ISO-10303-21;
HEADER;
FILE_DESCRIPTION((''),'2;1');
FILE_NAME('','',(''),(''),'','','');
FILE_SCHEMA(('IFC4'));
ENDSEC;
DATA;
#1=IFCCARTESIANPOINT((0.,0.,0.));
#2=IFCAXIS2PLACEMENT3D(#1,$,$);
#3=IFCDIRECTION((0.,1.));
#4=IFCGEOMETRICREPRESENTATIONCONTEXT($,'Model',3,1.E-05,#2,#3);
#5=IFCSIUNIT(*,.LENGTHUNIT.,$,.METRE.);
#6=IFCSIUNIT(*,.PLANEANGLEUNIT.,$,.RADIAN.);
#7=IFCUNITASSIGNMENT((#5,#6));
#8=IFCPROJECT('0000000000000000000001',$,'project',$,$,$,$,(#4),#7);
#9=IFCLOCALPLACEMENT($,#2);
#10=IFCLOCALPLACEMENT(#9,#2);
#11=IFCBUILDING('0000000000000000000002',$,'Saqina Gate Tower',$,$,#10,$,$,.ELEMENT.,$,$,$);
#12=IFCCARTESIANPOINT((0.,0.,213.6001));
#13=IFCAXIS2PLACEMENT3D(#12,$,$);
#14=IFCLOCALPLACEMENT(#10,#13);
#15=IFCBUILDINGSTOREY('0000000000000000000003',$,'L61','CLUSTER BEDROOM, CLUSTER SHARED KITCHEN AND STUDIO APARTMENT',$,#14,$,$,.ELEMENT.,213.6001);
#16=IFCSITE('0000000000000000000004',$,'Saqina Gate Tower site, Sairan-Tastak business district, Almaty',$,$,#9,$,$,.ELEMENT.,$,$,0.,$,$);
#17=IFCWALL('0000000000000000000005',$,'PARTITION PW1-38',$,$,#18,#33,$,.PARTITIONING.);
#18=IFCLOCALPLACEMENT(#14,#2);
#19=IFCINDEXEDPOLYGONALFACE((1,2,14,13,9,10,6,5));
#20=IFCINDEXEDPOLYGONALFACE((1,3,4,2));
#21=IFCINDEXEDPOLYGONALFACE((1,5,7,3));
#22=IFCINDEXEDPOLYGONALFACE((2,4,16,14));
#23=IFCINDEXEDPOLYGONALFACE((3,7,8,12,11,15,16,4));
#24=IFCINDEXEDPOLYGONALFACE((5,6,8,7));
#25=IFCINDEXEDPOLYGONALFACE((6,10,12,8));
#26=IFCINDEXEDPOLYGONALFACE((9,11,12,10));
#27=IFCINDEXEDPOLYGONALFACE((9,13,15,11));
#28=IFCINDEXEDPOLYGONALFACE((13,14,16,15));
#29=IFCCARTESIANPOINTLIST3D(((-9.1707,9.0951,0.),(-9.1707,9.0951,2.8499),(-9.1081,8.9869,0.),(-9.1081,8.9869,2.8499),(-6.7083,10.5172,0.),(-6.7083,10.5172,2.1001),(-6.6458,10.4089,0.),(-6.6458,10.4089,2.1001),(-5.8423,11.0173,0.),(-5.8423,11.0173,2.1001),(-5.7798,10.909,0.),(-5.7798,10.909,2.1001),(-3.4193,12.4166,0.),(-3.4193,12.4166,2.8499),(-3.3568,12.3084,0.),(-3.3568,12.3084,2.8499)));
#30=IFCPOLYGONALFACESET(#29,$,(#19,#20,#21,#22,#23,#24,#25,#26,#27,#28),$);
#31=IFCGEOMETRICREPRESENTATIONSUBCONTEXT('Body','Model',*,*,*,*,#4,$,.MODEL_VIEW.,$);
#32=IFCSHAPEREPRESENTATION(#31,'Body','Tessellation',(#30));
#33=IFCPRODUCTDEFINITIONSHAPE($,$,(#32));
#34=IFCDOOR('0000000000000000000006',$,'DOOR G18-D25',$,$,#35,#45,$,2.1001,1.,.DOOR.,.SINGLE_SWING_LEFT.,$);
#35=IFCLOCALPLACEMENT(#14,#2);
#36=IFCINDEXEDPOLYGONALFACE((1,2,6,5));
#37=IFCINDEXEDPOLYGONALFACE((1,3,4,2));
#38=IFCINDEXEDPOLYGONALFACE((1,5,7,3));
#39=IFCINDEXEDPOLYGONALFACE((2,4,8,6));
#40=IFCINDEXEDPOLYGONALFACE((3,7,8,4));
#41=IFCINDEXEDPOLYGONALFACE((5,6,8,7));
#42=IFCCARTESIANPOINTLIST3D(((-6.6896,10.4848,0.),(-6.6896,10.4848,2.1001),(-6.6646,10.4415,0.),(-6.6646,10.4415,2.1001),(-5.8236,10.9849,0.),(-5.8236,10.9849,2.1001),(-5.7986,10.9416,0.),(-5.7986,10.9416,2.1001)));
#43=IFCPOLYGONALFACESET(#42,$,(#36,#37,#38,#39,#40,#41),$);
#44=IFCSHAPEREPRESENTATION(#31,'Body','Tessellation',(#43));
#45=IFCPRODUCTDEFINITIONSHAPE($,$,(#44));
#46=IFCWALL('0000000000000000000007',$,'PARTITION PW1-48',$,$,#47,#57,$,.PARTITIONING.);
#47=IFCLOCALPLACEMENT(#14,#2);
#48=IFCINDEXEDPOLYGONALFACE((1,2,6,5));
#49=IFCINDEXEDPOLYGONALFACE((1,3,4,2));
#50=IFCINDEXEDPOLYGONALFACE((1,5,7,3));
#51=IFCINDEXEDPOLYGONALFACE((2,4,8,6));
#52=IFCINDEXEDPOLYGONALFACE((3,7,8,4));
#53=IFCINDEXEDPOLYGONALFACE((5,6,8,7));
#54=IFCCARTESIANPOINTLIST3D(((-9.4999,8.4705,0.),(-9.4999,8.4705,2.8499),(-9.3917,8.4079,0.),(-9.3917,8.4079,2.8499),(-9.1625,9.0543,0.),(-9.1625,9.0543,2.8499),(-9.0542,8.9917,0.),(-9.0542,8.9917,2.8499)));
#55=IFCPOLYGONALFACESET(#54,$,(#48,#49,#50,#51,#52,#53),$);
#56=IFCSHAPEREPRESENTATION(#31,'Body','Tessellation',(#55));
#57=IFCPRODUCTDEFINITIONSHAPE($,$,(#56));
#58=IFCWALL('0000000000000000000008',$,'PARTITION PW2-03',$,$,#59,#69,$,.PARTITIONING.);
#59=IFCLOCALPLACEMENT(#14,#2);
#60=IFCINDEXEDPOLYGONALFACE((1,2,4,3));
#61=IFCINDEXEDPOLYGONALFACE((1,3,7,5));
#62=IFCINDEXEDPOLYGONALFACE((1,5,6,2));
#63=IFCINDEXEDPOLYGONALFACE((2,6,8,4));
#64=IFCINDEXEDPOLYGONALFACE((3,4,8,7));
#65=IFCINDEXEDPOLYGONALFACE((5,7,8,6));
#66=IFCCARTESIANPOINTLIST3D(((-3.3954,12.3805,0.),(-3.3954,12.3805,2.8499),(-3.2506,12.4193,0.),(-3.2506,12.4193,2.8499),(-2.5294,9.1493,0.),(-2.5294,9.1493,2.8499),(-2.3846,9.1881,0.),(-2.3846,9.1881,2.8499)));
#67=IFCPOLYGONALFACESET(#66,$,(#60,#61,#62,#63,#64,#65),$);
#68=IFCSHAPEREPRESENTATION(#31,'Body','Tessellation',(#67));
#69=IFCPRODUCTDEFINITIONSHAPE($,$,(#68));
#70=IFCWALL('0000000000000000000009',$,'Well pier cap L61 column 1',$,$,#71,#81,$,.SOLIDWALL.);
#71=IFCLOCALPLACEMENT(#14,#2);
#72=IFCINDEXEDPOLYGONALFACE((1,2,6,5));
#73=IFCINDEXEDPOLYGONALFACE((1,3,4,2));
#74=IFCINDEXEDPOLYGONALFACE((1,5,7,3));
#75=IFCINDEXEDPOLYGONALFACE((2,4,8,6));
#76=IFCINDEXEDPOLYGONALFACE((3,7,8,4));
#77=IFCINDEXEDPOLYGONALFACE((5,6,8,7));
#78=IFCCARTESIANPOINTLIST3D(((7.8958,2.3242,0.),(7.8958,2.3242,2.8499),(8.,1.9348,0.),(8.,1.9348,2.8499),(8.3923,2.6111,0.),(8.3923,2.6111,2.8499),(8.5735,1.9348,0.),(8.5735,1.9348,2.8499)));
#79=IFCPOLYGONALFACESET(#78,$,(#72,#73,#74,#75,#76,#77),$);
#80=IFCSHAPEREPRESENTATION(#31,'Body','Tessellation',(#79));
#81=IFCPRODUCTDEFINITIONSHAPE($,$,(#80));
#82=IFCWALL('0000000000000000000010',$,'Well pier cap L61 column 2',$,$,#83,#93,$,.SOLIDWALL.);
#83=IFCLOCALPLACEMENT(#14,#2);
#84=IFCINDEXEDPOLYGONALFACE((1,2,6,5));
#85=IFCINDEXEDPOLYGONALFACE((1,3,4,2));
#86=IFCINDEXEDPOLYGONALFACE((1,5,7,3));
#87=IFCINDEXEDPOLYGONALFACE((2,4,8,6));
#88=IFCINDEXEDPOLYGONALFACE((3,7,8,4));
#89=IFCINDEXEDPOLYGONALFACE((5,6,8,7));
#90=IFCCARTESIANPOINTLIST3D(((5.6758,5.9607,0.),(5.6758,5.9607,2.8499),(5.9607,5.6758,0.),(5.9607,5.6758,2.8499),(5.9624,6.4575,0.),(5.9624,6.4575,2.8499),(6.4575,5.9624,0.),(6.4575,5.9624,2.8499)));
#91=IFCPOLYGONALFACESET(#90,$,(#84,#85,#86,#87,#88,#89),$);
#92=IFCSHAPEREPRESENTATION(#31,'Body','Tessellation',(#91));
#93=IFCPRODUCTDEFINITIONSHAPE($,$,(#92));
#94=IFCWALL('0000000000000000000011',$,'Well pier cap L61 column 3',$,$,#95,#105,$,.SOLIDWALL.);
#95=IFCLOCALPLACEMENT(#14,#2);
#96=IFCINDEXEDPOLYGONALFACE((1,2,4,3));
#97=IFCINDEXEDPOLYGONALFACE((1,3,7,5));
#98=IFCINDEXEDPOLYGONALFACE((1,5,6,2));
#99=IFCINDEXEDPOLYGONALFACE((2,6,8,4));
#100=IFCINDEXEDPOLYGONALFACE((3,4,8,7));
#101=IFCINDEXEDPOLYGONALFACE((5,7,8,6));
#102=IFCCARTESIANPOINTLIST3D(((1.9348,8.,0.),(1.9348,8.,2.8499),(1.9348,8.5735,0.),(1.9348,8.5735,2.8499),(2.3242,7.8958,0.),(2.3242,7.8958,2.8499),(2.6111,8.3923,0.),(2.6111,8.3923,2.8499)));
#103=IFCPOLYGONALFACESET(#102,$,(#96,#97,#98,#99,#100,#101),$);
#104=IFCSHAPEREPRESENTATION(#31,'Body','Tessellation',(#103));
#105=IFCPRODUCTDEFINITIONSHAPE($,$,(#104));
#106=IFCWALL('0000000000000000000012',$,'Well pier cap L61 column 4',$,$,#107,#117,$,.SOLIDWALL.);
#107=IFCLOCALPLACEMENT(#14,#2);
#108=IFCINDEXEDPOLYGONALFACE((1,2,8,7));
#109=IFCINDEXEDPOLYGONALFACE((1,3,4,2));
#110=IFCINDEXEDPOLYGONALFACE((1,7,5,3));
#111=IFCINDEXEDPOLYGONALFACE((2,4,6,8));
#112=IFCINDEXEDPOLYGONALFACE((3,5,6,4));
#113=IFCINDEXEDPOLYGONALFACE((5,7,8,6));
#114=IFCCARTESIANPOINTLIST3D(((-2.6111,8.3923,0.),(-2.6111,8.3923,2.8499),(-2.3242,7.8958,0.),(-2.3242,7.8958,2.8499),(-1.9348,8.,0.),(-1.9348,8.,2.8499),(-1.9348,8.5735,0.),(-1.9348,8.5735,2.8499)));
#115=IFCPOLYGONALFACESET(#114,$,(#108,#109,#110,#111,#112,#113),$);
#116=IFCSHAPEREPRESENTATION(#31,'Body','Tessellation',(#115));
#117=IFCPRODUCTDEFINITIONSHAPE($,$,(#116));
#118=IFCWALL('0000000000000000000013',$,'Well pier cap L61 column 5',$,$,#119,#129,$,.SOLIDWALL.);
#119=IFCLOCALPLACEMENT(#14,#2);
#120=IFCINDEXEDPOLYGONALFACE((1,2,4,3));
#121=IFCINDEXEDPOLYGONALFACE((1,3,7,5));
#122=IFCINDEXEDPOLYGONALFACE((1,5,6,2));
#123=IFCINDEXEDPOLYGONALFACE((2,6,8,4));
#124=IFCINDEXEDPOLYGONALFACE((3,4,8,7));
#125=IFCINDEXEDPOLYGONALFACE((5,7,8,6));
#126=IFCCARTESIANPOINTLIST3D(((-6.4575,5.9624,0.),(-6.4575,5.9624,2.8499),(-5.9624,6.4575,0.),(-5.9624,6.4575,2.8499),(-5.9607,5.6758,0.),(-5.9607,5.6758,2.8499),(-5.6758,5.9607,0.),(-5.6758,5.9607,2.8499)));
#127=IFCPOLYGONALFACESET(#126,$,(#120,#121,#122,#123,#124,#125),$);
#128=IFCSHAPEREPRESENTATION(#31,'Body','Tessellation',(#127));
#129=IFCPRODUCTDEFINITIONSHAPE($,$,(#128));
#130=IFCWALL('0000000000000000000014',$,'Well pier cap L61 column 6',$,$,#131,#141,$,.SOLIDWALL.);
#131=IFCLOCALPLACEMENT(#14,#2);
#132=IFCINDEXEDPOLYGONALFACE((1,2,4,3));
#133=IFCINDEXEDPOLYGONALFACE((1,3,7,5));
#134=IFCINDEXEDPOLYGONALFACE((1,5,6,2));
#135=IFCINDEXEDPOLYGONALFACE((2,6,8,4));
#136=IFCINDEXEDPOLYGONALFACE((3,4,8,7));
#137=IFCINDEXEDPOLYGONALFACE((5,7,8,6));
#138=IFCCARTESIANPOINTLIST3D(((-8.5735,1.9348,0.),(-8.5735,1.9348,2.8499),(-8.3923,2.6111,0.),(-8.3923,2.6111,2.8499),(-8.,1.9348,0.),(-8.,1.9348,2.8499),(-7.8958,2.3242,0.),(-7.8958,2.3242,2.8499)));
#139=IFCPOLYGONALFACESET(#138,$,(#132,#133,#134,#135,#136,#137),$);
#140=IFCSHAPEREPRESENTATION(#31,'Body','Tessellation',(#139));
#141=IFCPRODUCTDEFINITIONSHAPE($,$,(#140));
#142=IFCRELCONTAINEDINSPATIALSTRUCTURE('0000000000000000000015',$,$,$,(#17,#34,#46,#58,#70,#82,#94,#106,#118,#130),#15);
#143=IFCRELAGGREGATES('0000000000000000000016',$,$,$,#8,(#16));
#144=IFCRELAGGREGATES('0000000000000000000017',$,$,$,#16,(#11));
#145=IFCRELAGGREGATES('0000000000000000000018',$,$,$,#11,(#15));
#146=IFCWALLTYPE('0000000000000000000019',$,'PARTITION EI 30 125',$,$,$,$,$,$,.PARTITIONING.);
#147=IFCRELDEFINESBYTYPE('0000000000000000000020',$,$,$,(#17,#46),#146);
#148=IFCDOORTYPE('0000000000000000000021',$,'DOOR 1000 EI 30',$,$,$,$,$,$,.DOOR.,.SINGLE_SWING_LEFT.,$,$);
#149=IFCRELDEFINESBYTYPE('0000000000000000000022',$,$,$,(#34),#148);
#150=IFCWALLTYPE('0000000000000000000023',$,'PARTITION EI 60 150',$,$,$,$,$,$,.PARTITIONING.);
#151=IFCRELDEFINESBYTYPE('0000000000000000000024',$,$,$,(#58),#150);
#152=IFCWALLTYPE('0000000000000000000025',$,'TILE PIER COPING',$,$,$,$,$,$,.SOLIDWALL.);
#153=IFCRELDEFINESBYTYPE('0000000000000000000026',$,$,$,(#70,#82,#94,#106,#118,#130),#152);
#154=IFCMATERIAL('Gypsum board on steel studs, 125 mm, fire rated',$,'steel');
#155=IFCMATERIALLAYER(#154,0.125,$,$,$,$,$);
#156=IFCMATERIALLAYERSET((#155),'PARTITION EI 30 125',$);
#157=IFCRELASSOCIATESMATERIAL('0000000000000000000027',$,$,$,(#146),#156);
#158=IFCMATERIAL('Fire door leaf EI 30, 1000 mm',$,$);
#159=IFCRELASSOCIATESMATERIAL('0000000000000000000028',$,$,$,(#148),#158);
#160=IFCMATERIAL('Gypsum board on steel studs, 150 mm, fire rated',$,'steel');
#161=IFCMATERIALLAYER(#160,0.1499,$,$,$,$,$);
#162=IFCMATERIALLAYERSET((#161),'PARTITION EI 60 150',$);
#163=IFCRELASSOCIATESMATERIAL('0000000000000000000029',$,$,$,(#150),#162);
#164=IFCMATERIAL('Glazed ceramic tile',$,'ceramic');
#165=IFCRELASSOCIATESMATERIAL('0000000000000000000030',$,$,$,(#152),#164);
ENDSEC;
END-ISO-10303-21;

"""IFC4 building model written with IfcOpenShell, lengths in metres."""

from ifc_helpers import new_model, si_unit, direction, frame, frame_2d, origin, place, context, subcontext, project, spatial, polyline, rectangle, outline, extrude, material, layer, layer_set, type_object, element, fill, save


model = new_model("IFC4")

# Units and contexts
model_context = context("Model", 3, precision=1e-05, world=origin(), true_north=direction((0.0, 1.0)))
body_context = subcontext(model_context, "Body", "Model", "MODEL_VIEW")
ifc_project = project(units=[si_unit("LENGTHUNIT", "METRE"), si_unit("PLANEANGLEUNIT", "RADIAN")], contexts=[model_context])

# Site, building, storey
site_placement = place(None, origin())
site = spatial("IfcSite", under=ifc_project, at=site_placement, Name="Saqina Gate Tower site, Sairan-Tastak business district, Almaty", CompositionType="ELEMENT", RefElevation=0.0)
building_placement = place(site_placement, origin())
building = spatial("IfcBuilding", under=site, at=building_placement, Name="Saqina Gate Tower", CompositionType="ELEMENT")
storey_placement = place(building_placement, frame((0.0, 0.0, 213.6001)))
storey = spatial("IfcBuildingStorey", under=building, at=storey_placement, Name="L61", Description="CLUSTER BEDROOM, CLUSTER SHARED KITCHEN AND STUDIO APARTMENT", CompositionType="ELEMENT", Elevation=213.6001)

# Shared definitions
ifc_material_1 = material(Name="Gypsum board on steel studs, 125 mm, fire rated", Category="steel")
ifc_layer_1 = layer(ifc_material_1, 0.125)
ifc_layer_set_1 = layer_set([ifc_layer_1], Name="PARTITION EI 30 125")
wall_type_1 = type_object("IfcWallType", Name="PARTITION EI 30 125", PredefinedType="PARTITIONING", material=ifc_layer_set_1)

# Wall, opening, door
ifc_material_2 = material(Name="Fire door leaf EI 30, 1000 mm")
door_type_1 = type_object("IfcDoorType", Name="DOOR 1000 EI 30", OperationType="SINGLE_SWING_LEFT", PredefinedType="DOOR", material=ifc_material_2)
wall_1_placement = place(storey_placement, frame((-9.1394, 9.041, 0.0), z_axis=(0.0, 0.0, 1.0), x_axis=(0.865965, 0.500104, 0.0)))
wall_1 = element("IfcWall", 1, at=wall_1_placement, inside=storey, type_object=wall_type_1, Name="PARTITION PW1-38", PredefinedType="PARTITIONING", context=body_context, shape_type="SweptSolid", body=[
    extrude(rectangle(XDim=6.6416, YDim=0.125, at=frame_2d((3.3208, 0.0))), origin(), (0.0, 0.0, 1.0), 2.8499),
])
opening_1_placement = place(wall_1_placement, frame((2.8435, 0.0, 0.0)))
opening_1 = element("IfcOpeningElement", 2, at=opening_1_placement, cuts=wall_1, PredefinedType="OPENING", context=body_context, shape_type="SweptSolid", body=[
    extrude(rectangle(XDim=1.0, YDim=2.1001, at=frame_2d((0.5, 1.05))), frame((0.0, 0.0745, 0.0), z_axis=(0.0, -1.0, 0.0), x_axis=(1.0, 0.0, 0.0)), (0.0, 0.0, 1.0), 0.1489),
])
door_1_placement = place(opening_1_placement, frame((1.0, 0.0, 0.0), z_axis=(0.0, 0.0, 1.0), x_axis=(-1.0, 0.0, 0.0)))
door_1 = element("IfcDoor", 3, at=door_1_placement, inside=storey, type_object=door_type_1, Name="DOOR G18-D25", OperationType="SINGLE_SWING_LEFT", OverallHeight=2.1001, OverallWidth=1.0, PredefinedType="DOOR", context=body_context, shape_type="SweptSolid", body=[
    extrude(rectangle(XDim=1.0, YDim=2.1001, at=frame_2d((0.5, 1.05))), frame((0.0, 0.0249, 0.0), z_axis=(0.0, -1.0, 0.0), x_axis=(1.0, 0.0, 0.0)), (0.0, 0.0, 1.0), 0.05),
])
fill(opening_1, door_1)

# Walls
wall_2_placement = place(storey_placement, frame((-9.4458, 8.4392, 0.0), z_axis=(0.0, 0.0, 1.0), x_axis=(0.500422, 0.865781, 0.0)))
element("IfcWall", 4, at=wall_2_placement, inside=storey, type_object=wall_type_1, Name="PARTITION PW1-48", PredefinedType="PARTITIONING", context=body_context, shape_type="SweptSolid", body=[
    extrude(rectangle(XDim=0.6743, YDim=0.125, at=frame_2d((0.3372, 0.0))), origin(), (0.0, 0.0, 1.0), 2.8499),
])
ifc_material_3 = material(Name="Gypsum board on steel studs, 150 mm, fire rated", Category="steel")
ifc_layer_2 = layer(ifc_material_3, 0.1499)
ifc_layer_set_2 = layer_set([ifc_layer_2], Name="PARTITION EI 60 150")
wall_type_2 = type_object("IfcWallType", Name="PARTITION EI 60 150", PredefinedType="PARTITIONING", material=ifc_layer_set_2)
wall_3_placement = place(storey_placement, frame((-3.323, 12.3999, 0.0), z_axis=(0.0, 0.0, 1.0), x_axis=(0.258866, -0.965913, 0.0)))
element("IfcWall", 5, at=wall_3_placement, inside=storey, type_object=wall_type_2, Name="PARTITION PW2-03", PredefinedType="PARTITIONING", context=body_context, shape_type="SweptSolid", body=[
    extrude(rectangle(XDim=3.3452, YDim=0.1499, at=frame_2d((1.6726, 0.0))), origin(), (0.0, 0.0, 1.0), 2.8499),
])
ifc_material_4 = material(Name="Glazed ceramic tile", Category="ceramic")
wall_type_3 = type_object("IfcWallType", Name="TILE PIER COPING", PredefinedType="SOLIDWALL", material=ifc_material_4)
wall_4_placement = place(storey_placement, origin())
element("IfcWall", 6, at=wall_4_placement, inside=storey, type_object=wall_type_3, Name="Well pier cap L61 column 1", PredefinedType="SOLIDWALL", context=body_context, shape_type="SweptSolid", body=[
    extrude(outline(polyline([(8.3923, 2.6111), (7.8958, 2.3242), (8.0, 1.9348), (8.5735, 1.9348), (8.3923, 2.6111)])), origin(), (0.0, 0.0, 1.0), 2.8499),
])
wall_5_placement = place(storey_placement, origin())
element("IfcWall", 7, at=wall_5_placement, inside=storey, type_object=wall_type_3, Name="Well pier cap L61 column 2", PredefinedType="SOLIDWALL", context=body_context, shape_type="SweptSolid", body=[
    extrude(outline(polyline([(5.9624, 6.4575), (5.6758, 5.9607), (5.9607, 5.6758), (6.4575, 5.9624), (5.9624, 6.4575)])), origin(), (0.0, 0.0, 1.0), 2.8499),
])
wall_6_placement = place(storey_placement, origin())
element("IfcWall", 8, at=wall_6_placement, inside=storey, type_object=wall_type_3, Name="Well pier cap L61 column 3", PredefinedType="SOLIDWALL", context=body_context, shape_type="SweptSolid", body=[
    extrude(outline(polyline([(1.9348, 8.5735), (1.9348, 8.0), (2.3242, 7.8958), (2.6111, 8.3923), (1.9348, 8.5735)])), origin(), (0.0, 0.0, 1.0), 2.8499),
])
wall_7_placement = place(storey_placement, origin())
element("IfcWall", 9, at=wall_7_placement, inside=storey, type_object=wall_type_3, Name="Well pier cap L61 column 4", PredefinedType="SOLIDWALL", context=body_context, shape_type="SweptSolid", body=[
    extrude(outline(polyline([(-1.9348, 8.0), (-1.9348, 8.5735), (-2.6111, 8.3923), (-2.3242, 7.8958), (-1.9348, 8.0)])), origin(), (0.0, 0.0, 1.0), 2.8499),
])
wall_8_placement = place(storey_placement, origin())
element("IfcWall", 10, at=wall_8_placement, inside=storey, type_object=wall_type_3, Name="Well pier cap L61 column 5", PredefinedType="SOLIDWALL", context=body_context, shape_type="SweptSolid", body=[
    extrude(outline(polyline([(-6.4575, 5.9624), (-5.9607, 5.6758), (-5.6758, 5.9607), (-5.9624, 6.4575), (-6.4575, 5.9624)])), origin(), (0.0, 0.0, 1.0), 2.8499),
])
wall_9_placement = place(storey_placement, origin())
element("IfcWall", 11, at=wall_9_placement, inside=storey, type_object=wall_type_3, Name="Well pier cap L61 column 6", PredefinedType="SOLIDWALL", context=body_context, shape_type="SweptSolid", body=[
    extrude(outline(polyline([(-8.5735, 1.9348), (-8.0, 1.9348), (-7.8958, 2.3242), (-8.3923, 2.6111), (-8.5735, 1.9348)])), origin(), (0.0, 0.0, 1.0), 2.8499),
])

save(model, "model.ifc")
